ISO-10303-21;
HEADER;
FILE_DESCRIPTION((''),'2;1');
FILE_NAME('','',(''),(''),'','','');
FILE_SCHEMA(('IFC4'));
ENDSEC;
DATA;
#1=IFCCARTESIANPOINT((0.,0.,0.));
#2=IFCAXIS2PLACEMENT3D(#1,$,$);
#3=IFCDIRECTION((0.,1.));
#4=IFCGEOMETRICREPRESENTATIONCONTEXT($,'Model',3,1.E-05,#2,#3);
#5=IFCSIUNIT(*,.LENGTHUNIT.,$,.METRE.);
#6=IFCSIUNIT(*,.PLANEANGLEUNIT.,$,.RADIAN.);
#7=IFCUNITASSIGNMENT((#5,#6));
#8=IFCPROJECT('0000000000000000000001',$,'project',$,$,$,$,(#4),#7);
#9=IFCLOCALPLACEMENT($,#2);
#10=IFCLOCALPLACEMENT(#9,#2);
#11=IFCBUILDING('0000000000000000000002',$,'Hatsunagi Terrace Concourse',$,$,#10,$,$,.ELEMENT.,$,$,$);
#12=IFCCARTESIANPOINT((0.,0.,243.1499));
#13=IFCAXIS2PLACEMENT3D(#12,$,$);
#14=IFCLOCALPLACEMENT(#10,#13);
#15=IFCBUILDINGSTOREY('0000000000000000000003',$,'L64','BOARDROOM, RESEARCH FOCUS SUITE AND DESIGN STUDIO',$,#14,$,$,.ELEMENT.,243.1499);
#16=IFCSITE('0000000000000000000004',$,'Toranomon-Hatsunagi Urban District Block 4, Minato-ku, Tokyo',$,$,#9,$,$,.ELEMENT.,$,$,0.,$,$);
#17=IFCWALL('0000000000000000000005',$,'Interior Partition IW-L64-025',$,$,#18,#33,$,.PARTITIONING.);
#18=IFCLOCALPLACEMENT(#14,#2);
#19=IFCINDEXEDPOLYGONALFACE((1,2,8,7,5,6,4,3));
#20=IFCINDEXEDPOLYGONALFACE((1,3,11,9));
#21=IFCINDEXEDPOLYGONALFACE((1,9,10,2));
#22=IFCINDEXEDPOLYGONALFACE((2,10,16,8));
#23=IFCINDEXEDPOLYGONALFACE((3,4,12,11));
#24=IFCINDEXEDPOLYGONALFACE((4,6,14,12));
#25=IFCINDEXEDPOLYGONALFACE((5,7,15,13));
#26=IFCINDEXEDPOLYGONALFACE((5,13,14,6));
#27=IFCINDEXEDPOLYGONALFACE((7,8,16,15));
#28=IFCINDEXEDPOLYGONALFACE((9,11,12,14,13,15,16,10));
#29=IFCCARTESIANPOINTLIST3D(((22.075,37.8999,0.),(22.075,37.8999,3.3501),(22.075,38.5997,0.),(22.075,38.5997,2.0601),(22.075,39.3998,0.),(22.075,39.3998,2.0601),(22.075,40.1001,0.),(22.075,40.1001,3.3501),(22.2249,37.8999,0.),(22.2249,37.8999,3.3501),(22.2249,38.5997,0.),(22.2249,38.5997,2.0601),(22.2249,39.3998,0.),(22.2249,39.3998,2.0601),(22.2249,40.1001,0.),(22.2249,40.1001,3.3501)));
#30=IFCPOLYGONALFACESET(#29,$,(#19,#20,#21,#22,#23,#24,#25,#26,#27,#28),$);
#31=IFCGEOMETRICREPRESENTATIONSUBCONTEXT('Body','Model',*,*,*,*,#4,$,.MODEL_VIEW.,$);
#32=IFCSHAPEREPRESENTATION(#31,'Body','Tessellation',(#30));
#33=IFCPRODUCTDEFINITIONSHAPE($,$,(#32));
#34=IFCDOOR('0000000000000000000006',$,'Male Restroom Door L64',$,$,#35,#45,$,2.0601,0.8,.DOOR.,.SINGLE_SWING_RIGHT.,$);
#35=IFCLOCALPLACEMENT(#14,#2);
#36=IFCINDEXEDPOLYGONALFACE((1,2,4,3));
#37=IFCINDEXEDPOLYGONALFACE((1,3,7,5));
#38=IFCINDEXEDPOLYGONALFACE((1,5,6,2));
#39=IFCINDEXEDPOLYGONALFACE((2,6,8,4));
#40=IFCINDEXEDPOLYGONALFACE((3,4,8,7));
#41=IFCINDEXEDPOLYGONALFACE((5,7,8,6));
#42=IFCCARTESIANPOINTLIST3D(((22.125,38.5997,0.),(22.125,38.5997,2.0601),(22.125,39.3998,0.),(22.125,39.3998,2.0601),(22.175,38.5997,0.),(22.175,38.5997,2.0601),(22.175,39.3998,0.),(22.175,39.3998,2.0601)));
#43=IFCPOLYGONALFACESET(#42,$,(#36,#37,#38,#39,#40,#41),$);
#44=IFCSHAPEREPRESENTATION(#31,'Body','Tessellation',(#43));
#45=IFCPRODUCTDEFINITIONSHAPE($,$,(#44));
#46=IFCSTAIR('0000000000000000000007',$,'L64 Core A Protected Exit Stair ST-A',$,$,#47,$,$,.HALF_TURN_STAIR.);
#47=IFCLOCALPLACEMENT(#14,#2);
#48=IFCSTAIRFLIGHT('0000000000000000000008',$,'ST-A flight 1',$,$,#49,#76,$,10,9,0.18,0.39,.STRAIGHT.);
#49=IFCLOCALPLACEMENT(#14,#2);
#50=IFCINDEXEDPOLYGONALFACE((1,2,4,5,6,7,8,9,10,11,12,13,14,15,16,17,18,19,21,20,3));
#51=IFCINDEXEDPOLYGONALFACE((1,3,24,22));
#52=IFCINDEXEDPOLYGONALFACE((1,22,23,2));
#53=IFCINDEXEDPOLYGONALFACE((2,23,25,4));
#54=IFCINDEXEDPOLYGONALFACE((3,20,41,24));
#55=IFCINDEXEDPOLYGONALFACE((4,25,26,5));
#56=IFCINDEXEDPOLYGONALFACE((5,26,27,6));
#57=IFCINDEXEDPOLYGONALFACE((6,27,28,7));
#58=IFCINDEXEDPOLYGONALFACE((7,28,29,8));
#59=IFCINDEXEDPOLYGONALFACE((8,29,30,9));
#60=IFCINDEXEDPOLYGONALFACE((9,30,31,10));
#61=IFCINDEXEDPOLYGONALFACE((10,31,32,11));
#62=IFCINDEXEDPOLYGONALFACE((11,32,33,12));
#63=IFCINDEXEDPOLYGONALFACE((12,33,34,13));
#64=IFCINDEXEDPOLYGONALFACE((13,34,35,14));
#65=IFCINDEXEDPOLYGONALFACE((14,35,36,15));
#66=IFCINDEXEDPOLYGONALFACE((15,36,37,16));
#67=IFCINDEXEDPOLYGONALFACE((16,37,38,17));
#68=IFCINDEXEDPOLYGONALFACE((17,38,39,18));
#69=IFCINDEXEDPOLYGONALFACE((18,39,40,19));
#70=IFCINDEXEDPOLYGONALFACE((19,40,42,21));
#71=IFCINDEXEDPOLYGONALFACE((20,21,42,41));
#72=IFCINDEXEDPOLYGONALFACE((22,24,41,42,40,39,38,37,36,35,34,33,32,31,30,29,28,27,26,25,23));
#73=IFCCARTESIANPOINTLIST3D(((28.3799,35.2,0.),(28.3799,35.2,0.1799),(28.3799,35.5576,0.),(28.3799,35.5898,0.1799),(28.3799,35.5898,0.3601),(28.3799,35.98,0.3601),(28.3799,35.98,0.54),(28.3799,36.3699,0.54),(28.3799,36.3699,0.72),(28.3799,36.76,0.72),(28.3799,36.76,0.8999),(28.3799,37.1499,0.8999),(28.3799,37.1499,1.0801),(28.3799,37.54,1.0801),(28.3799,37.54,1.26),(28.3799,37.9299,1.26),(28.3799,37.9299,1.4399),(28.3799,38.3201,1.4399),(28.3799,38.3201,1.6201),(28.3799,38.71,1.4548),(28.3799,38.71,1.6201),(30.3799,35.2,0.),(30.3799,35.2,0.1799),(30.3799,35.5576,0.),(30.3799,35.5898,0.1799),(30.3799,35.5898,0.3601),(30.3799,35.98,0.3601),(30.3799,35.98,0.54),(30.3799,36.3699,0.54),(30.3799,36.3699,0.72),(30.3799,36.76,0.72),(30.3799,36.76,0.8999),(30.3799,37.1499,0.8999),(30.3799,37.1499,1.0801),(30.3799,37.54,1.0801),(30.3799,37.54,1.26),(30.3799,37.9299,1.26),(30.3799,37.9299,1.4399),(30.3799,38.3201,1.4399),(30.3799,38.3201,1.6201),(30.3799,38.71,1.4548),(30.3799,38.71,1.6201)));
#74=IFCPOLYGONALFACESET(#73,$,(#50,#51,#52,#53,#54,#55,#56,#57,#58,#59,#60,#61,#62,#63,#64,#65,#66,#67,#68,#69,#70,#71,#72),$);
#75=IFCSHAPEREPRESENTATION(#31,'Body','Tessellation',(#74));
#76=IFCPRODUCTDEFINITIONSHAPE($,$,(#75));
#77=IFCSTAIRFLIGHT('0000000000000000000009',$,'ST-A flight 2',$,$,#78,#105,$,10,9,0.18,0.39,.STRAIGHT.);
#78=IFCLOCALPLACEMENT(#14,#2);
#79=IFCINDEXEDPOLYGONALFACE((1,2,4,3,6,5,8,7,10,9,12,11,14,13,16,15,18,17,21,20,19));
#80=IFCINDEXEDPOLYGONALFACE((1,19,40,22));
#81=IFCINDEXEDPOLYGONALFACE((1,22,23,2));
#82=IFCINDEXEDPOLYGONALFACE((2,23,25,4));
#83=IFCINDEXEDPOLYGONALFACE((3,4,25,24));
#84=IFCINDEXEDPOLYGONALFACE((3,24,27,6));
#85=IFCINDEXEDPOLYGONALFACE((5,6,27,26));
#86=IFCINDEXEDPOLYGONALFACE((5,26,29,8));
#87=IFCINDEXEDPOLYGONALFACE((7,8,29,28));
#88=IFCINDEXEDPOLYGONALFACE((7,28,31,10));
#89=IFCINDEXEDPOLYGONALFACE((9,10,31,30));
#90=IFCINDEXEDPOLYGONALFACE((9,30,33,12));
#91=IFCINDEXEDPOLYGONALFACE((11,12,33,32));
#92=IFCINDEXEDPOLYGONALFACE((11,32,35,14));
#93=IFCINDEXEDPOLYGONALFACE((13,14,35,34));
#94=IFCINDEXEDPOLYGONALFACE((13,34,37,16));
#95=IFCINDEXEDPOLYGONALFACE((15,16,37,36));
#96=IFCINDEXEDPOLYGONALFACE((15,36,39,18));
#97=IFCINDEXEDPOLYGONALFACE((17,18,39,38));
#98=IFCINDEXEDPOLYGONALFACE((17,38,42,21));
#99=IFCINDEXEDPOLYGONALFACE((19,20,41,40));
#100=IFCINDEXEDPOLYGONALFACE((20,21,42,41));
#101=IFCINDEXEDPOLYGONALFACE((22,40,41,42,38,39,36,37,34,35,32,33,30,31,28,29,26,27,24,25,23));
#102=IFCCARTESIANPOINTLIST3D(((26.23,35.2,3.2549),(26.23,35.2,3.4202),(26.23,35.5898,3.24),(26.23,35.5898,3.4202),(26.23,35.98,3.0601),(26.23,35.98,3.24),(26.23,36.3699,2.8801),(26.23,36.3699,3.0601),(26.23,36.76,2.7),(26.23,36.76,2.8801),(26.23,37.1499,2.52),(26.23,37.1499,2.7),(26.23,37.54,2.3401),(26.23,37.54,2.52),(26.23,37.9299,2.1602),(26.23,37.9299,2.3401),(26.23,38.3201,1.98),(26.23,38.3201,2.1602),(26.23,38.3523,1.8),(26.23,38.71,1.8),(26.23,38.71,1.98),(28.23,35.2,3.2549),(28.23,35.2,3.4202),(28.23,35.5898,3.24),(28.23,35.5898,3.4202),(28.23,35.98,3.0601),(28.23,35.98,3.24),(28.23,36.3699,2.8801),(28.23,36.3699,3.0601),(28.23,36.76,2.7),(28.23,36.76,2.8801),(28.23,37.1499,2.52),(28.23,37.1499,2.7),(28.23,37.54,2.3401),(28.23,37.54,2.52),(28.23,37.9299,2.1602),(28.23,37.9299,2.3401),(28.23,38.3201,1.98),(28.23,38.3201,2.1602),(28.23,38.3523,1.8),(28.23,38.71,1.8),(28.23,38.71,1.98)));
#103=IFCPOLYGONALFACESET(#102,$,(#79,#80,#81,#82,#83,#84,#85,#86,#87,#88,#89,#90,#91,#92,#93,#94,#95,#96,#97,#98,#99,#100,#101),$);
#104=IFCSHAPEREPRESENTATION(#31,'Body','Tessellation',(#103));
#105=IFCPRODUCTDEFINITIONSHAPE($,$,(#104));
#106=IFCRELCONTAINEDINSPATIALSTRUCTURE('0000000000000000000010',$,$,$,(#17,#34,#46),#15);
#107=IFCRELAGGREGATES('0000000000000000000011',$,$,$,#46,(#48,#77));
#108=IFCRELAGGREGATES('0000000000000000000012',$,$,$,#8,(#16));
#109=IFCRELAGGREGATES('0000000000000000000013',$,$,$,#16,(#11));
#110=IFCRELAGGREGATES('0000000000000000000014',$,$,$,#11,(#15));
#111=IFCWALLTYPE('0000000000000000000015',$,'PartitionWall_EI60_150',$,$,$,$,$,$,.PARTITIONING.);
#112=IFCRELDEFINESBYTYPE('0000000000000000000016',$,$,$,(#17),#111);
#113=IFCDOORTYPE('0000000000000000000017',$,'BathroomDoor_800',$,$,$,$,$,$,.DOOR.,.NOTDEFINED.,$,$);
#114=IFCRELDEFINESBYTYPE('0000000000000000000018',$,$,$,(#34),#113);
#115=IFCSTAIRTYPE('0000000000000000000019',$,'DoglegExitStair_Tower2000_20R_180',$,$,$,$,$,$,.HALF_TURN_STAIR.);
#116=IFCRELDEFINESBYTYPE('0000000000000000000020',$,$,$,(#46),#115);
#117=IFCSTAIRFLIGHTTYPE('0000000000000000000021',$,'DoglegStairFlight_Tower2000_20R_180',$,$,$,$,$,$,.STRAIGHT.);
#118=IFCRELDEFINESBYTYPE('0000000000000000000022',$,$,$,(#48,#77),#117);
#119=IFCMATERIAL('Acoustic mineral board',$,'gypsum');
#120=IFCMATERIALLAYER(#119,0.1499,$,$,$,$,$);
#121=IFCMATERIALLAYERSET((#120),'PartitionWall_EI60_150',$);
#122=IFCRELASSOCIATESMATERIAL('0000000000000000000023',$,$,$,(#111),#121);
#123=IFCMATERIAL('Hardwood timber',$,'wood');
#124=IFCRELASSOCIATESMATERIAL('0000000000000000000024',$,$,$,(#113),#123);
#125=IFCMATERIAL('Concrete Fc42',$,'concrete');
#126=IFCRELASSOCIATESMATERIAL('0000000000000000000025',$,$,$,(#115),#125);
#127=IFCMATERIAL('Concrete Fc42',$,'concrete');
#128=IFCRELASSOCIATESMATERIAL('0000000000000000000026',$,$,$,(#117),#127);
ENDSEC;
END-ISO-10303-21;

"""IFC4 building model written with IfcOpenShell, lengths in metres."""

from ifc_helpers import new_model, si_unit, direction, frame, frame_2d, origin, place, context, subcontext, project, spatial, polyline, rectangle, outline, extrude, material, layer, layer_set, type_object, element, fill, aggregate, save


model = new_model("IFC4")

# Units and contexts
model_context = context("Model", 3, precision=1e-05, world=origin(), true_north=direction((0.0, 1.0)))
body_context = subcontext(model_context, "Body", "Model", "MODEL_VIEW")
ifc_project = project(units=[si_unit("LENGTHUNIT", "METRE"), si_unit("PLANEANGLEUNIT", "RADIAN")], contexts=[model_context])

# Site, building, storey
site_placement = place(None, origin())
site = spatial("IfcSite", under=ifc_project, at=site_placement, Name="Toranomon-Hatsunagi Urban District Block 4, Minato-ku, Tokyo", CompositionType="ELEMENT", RefElevation=0.0)
building_placement = place(site_placement, origin())
building = spatial("IfcBuilding", under=site, at=building_placement, Name="Hatsunagi Terrace Concourse", CompositionType="ELEMENT")
storey_placement = place(building_placement, frame((0.0, 0.0, 243.1499)))
storey = spatial("IfcBuildingStorey", under=building, at=storey_placement, Name="L64", Description="BOARDROOM, RESEARCH FOCUS SUITE AND DESIGN STUDIO", CompositionType="ELEMENT", Elevation=243.1499)

# Shared definitions
ifc_material_1 = material(Name="Acoustic mineral board", Category="gypsum")
ifc_layer_1 = layer(ifc_material_1, 0.1499)
ifc_layer_set_1 = layer_set([ifc_layer_1], Name="PartitionWall_EI60_150")
wall_type_1 = type_object("IfcWallType", Name="PartitionWall_EI60_150", PredefinedType="PARTITIONING", material=ifc_layer_set_1)

# Wall, opening, door
ifc_material_2 = material(Name="Hardwood timber", Category="wood")
door_type = type_object("IfcDoorType", Name="BathroomDoor_800", OperationType="NOTDEFINED", PredefinedType="DOOR", material=ifc_material_2)
wall_1_placement = place(storey_placement, frame((22.1499, 37.8999, 0.0), z_axis=(0.0, 0.0, 1.0), x_axis=(0.0, 1.0, 0.0)))
wall_1 = element("IfcWall", 1, at=wall_1_placement, inside=storey, type_object=wall_type_1, Name="Interior Partition IW-L64-025", PredefinedType="PARTITIONING", context=body_context, shape_type="SweptSolid", body=[
    extrude(rectangle(XDim=2.2002, YDim=0.1499, at=frame_2d((1.1001, 0.0))), origin(), (0.0, 0.0, 1.0), 3.3501),
])
opening_1_placement = place(wall_1_placement, frame((0.7, 0.0, 0.0)))
opening_1 = element("IfcOpeningElement", 2, at=opening_1_placement, cuts=wall_1, PredefinedType="OPENING", context=body_context, shape_type="SweptSolid", body=[
    extrude(rectangle(XDim=0.8, YDim=2.0601, at=frame_2d((0.3999, 1.03))), frame((0.0, 0.085, 0.0), z_axis=(0.0, -1.0, 0.0), x_axis=(1.0, 0.0, 0.0)), (0.0, 0.0, 1.0), 0.1699),
])
door_1_placement = place(opening_1_placement, origin())
door_1 = element("IfcDoor", 3, at=door_1_placement, inside=storey, type_object=door_type, Name="Male Restroom Door L64", OperationType="SINGLE_SWING_RIGHT", OverallHeight=2.0601, OverallWidth=0.8, PredefinedType="DOOR", context=body_context, shape_type="SweptSolid", body=[
    extrude(rectangle(XDim=0.8, YDim=2.0601, at=frame_2d((0.3999, 1.03))), frame((0.0, 0.0249, 0.0), z_axis=(0.0, -1.0, 0.0), x_axis=(1.0, 0.0, 0.0)), (0.0, 0.0, 1.0), 0.05),
])
fill(opening_1, door_1)

# Stair, stair flights
ifc_material_3 = material(Name="Concrete Fc42", Category="concrete")
stair_type = type_object("IfcStairType", Name="DoglegExitStair_Tower2000_20R_180", PredefinedType="HALF_TURN_STAIR", material=ifc_material_3)
stair_placement = place(storey_placement, origin())
stair = element("IfcStair", 4, at=stair_placement, inside=storey, type_object=stair_type, Name="L64 Core A Protected Exit Stair ST-A", PredefinedType="HALF_TURN_STAIR")
ifc_material_4 = material(Name="Concrete Fc42", Category="concrete")
stair_flight_type = type_object("IfcStairFlightType", Name="DoglegStairFlight_Tower2000_20R_180", PredefinedType="STRAIGHT", material=ifc_material_4)
stair_flight_1_placement = place(storey_placement, frame((29.3799, 35.2, 0.0), z_axis=(0.0, 0.0, 1.0), x_axis=(0.0, 1.0, 0.0)))
stair_flight_1 = element("IfcStairFlight", 5, at=stair_flight_1_placement, type_object=stair_flight_type, Name="ST-A flight 1", NumberOfRisers=10, NumberOfTreads=9, PredefinedType="STRAIGHT", RiserHeight=0.18, TreadLength=0.39, context=body_context, shape_type="SweptSolid", body=[
    extrude(outline(polyline([(0.0, 0.0), (0.0, 0.1799), (0.3899, 0.1799), (0.3899, 0.3601), (0.78, 0.3601), (0.78, 0.54), (1.1699, 0.54), (1.1699, 0.72), (1.5601, 0.72), (1.5601, 0.8999), (1.95, 0.8999), (1.95, 1.0801), (2.3401, 1.0801), (2.3401, 1.26), (2.73, 1.26), (2.73, 1.4399), (3.1201, 1.4399), (3.1201, 1.6201), (3.51, 1.6201), (3.51, 1.8), (3.51, 1.4548), (0.3577, 0.0), (0.0, 0.0)])), frame((0.0, 1.0, 0.0), z_axis=(0.0, -1.0, 0.0), x_axis=(1.0, 0.0, 0.0)), (0.0, 0.0, 1.0), 2.0),
])
stair_flight_2_placement = place(storey_placement, frame((27.23, 38.71, 1.8), z_axis=(0.0, 0.0, 1.0), x_axis=(0.0, -1.0, 0.0)))
stair_flight_2 = element("IfcStairFlight", 6, at=stair_flight_2_placement, type_object=stair_flight_type, Name="ST-A flight 2", NumberOfRisers=10, NumberOfTreads=9, PredefinedType="STRAIGHT", RiserHeight=0.18, TreadLength=0.39, context=body_context, shape_type="SweptSolid", body=[
    extrude(outline(polyline([(0.0, 0.0), (0.0, 0.1799), (0.3899, 0.1799), (0.3899, 0.3601), (0.78, 0.3601), (0.78, 0.54), (1.1699, 0.54), (1.1699, 0.72), (1.5601, 0.72), (1.5601, 0.8999), (1.95, 0.8999), (1.95, 1.0801), (2.3401, 1.0801), (2.3401, 1.26), (2.73, 1.26), (2.73, 1.4399), (3.1201, 1.4399), (3.1201, 1.6201), (3.51, 1.6201), (3.51, 1.8), (3.51, 1.4548), (0.3577, 0.0), (0.0, 0.0)])), frame((0.0, 1.0, 0.0), z_axis=(0.0, -1.0, 0.0), x_axis=(1.0, 0.0, 0.0)), (0.0, 0.0, 1.0), 2.0),
])
aggregate(stair, [stair_flight_1, stair_flight_2])

save(model, "model.ifc")
